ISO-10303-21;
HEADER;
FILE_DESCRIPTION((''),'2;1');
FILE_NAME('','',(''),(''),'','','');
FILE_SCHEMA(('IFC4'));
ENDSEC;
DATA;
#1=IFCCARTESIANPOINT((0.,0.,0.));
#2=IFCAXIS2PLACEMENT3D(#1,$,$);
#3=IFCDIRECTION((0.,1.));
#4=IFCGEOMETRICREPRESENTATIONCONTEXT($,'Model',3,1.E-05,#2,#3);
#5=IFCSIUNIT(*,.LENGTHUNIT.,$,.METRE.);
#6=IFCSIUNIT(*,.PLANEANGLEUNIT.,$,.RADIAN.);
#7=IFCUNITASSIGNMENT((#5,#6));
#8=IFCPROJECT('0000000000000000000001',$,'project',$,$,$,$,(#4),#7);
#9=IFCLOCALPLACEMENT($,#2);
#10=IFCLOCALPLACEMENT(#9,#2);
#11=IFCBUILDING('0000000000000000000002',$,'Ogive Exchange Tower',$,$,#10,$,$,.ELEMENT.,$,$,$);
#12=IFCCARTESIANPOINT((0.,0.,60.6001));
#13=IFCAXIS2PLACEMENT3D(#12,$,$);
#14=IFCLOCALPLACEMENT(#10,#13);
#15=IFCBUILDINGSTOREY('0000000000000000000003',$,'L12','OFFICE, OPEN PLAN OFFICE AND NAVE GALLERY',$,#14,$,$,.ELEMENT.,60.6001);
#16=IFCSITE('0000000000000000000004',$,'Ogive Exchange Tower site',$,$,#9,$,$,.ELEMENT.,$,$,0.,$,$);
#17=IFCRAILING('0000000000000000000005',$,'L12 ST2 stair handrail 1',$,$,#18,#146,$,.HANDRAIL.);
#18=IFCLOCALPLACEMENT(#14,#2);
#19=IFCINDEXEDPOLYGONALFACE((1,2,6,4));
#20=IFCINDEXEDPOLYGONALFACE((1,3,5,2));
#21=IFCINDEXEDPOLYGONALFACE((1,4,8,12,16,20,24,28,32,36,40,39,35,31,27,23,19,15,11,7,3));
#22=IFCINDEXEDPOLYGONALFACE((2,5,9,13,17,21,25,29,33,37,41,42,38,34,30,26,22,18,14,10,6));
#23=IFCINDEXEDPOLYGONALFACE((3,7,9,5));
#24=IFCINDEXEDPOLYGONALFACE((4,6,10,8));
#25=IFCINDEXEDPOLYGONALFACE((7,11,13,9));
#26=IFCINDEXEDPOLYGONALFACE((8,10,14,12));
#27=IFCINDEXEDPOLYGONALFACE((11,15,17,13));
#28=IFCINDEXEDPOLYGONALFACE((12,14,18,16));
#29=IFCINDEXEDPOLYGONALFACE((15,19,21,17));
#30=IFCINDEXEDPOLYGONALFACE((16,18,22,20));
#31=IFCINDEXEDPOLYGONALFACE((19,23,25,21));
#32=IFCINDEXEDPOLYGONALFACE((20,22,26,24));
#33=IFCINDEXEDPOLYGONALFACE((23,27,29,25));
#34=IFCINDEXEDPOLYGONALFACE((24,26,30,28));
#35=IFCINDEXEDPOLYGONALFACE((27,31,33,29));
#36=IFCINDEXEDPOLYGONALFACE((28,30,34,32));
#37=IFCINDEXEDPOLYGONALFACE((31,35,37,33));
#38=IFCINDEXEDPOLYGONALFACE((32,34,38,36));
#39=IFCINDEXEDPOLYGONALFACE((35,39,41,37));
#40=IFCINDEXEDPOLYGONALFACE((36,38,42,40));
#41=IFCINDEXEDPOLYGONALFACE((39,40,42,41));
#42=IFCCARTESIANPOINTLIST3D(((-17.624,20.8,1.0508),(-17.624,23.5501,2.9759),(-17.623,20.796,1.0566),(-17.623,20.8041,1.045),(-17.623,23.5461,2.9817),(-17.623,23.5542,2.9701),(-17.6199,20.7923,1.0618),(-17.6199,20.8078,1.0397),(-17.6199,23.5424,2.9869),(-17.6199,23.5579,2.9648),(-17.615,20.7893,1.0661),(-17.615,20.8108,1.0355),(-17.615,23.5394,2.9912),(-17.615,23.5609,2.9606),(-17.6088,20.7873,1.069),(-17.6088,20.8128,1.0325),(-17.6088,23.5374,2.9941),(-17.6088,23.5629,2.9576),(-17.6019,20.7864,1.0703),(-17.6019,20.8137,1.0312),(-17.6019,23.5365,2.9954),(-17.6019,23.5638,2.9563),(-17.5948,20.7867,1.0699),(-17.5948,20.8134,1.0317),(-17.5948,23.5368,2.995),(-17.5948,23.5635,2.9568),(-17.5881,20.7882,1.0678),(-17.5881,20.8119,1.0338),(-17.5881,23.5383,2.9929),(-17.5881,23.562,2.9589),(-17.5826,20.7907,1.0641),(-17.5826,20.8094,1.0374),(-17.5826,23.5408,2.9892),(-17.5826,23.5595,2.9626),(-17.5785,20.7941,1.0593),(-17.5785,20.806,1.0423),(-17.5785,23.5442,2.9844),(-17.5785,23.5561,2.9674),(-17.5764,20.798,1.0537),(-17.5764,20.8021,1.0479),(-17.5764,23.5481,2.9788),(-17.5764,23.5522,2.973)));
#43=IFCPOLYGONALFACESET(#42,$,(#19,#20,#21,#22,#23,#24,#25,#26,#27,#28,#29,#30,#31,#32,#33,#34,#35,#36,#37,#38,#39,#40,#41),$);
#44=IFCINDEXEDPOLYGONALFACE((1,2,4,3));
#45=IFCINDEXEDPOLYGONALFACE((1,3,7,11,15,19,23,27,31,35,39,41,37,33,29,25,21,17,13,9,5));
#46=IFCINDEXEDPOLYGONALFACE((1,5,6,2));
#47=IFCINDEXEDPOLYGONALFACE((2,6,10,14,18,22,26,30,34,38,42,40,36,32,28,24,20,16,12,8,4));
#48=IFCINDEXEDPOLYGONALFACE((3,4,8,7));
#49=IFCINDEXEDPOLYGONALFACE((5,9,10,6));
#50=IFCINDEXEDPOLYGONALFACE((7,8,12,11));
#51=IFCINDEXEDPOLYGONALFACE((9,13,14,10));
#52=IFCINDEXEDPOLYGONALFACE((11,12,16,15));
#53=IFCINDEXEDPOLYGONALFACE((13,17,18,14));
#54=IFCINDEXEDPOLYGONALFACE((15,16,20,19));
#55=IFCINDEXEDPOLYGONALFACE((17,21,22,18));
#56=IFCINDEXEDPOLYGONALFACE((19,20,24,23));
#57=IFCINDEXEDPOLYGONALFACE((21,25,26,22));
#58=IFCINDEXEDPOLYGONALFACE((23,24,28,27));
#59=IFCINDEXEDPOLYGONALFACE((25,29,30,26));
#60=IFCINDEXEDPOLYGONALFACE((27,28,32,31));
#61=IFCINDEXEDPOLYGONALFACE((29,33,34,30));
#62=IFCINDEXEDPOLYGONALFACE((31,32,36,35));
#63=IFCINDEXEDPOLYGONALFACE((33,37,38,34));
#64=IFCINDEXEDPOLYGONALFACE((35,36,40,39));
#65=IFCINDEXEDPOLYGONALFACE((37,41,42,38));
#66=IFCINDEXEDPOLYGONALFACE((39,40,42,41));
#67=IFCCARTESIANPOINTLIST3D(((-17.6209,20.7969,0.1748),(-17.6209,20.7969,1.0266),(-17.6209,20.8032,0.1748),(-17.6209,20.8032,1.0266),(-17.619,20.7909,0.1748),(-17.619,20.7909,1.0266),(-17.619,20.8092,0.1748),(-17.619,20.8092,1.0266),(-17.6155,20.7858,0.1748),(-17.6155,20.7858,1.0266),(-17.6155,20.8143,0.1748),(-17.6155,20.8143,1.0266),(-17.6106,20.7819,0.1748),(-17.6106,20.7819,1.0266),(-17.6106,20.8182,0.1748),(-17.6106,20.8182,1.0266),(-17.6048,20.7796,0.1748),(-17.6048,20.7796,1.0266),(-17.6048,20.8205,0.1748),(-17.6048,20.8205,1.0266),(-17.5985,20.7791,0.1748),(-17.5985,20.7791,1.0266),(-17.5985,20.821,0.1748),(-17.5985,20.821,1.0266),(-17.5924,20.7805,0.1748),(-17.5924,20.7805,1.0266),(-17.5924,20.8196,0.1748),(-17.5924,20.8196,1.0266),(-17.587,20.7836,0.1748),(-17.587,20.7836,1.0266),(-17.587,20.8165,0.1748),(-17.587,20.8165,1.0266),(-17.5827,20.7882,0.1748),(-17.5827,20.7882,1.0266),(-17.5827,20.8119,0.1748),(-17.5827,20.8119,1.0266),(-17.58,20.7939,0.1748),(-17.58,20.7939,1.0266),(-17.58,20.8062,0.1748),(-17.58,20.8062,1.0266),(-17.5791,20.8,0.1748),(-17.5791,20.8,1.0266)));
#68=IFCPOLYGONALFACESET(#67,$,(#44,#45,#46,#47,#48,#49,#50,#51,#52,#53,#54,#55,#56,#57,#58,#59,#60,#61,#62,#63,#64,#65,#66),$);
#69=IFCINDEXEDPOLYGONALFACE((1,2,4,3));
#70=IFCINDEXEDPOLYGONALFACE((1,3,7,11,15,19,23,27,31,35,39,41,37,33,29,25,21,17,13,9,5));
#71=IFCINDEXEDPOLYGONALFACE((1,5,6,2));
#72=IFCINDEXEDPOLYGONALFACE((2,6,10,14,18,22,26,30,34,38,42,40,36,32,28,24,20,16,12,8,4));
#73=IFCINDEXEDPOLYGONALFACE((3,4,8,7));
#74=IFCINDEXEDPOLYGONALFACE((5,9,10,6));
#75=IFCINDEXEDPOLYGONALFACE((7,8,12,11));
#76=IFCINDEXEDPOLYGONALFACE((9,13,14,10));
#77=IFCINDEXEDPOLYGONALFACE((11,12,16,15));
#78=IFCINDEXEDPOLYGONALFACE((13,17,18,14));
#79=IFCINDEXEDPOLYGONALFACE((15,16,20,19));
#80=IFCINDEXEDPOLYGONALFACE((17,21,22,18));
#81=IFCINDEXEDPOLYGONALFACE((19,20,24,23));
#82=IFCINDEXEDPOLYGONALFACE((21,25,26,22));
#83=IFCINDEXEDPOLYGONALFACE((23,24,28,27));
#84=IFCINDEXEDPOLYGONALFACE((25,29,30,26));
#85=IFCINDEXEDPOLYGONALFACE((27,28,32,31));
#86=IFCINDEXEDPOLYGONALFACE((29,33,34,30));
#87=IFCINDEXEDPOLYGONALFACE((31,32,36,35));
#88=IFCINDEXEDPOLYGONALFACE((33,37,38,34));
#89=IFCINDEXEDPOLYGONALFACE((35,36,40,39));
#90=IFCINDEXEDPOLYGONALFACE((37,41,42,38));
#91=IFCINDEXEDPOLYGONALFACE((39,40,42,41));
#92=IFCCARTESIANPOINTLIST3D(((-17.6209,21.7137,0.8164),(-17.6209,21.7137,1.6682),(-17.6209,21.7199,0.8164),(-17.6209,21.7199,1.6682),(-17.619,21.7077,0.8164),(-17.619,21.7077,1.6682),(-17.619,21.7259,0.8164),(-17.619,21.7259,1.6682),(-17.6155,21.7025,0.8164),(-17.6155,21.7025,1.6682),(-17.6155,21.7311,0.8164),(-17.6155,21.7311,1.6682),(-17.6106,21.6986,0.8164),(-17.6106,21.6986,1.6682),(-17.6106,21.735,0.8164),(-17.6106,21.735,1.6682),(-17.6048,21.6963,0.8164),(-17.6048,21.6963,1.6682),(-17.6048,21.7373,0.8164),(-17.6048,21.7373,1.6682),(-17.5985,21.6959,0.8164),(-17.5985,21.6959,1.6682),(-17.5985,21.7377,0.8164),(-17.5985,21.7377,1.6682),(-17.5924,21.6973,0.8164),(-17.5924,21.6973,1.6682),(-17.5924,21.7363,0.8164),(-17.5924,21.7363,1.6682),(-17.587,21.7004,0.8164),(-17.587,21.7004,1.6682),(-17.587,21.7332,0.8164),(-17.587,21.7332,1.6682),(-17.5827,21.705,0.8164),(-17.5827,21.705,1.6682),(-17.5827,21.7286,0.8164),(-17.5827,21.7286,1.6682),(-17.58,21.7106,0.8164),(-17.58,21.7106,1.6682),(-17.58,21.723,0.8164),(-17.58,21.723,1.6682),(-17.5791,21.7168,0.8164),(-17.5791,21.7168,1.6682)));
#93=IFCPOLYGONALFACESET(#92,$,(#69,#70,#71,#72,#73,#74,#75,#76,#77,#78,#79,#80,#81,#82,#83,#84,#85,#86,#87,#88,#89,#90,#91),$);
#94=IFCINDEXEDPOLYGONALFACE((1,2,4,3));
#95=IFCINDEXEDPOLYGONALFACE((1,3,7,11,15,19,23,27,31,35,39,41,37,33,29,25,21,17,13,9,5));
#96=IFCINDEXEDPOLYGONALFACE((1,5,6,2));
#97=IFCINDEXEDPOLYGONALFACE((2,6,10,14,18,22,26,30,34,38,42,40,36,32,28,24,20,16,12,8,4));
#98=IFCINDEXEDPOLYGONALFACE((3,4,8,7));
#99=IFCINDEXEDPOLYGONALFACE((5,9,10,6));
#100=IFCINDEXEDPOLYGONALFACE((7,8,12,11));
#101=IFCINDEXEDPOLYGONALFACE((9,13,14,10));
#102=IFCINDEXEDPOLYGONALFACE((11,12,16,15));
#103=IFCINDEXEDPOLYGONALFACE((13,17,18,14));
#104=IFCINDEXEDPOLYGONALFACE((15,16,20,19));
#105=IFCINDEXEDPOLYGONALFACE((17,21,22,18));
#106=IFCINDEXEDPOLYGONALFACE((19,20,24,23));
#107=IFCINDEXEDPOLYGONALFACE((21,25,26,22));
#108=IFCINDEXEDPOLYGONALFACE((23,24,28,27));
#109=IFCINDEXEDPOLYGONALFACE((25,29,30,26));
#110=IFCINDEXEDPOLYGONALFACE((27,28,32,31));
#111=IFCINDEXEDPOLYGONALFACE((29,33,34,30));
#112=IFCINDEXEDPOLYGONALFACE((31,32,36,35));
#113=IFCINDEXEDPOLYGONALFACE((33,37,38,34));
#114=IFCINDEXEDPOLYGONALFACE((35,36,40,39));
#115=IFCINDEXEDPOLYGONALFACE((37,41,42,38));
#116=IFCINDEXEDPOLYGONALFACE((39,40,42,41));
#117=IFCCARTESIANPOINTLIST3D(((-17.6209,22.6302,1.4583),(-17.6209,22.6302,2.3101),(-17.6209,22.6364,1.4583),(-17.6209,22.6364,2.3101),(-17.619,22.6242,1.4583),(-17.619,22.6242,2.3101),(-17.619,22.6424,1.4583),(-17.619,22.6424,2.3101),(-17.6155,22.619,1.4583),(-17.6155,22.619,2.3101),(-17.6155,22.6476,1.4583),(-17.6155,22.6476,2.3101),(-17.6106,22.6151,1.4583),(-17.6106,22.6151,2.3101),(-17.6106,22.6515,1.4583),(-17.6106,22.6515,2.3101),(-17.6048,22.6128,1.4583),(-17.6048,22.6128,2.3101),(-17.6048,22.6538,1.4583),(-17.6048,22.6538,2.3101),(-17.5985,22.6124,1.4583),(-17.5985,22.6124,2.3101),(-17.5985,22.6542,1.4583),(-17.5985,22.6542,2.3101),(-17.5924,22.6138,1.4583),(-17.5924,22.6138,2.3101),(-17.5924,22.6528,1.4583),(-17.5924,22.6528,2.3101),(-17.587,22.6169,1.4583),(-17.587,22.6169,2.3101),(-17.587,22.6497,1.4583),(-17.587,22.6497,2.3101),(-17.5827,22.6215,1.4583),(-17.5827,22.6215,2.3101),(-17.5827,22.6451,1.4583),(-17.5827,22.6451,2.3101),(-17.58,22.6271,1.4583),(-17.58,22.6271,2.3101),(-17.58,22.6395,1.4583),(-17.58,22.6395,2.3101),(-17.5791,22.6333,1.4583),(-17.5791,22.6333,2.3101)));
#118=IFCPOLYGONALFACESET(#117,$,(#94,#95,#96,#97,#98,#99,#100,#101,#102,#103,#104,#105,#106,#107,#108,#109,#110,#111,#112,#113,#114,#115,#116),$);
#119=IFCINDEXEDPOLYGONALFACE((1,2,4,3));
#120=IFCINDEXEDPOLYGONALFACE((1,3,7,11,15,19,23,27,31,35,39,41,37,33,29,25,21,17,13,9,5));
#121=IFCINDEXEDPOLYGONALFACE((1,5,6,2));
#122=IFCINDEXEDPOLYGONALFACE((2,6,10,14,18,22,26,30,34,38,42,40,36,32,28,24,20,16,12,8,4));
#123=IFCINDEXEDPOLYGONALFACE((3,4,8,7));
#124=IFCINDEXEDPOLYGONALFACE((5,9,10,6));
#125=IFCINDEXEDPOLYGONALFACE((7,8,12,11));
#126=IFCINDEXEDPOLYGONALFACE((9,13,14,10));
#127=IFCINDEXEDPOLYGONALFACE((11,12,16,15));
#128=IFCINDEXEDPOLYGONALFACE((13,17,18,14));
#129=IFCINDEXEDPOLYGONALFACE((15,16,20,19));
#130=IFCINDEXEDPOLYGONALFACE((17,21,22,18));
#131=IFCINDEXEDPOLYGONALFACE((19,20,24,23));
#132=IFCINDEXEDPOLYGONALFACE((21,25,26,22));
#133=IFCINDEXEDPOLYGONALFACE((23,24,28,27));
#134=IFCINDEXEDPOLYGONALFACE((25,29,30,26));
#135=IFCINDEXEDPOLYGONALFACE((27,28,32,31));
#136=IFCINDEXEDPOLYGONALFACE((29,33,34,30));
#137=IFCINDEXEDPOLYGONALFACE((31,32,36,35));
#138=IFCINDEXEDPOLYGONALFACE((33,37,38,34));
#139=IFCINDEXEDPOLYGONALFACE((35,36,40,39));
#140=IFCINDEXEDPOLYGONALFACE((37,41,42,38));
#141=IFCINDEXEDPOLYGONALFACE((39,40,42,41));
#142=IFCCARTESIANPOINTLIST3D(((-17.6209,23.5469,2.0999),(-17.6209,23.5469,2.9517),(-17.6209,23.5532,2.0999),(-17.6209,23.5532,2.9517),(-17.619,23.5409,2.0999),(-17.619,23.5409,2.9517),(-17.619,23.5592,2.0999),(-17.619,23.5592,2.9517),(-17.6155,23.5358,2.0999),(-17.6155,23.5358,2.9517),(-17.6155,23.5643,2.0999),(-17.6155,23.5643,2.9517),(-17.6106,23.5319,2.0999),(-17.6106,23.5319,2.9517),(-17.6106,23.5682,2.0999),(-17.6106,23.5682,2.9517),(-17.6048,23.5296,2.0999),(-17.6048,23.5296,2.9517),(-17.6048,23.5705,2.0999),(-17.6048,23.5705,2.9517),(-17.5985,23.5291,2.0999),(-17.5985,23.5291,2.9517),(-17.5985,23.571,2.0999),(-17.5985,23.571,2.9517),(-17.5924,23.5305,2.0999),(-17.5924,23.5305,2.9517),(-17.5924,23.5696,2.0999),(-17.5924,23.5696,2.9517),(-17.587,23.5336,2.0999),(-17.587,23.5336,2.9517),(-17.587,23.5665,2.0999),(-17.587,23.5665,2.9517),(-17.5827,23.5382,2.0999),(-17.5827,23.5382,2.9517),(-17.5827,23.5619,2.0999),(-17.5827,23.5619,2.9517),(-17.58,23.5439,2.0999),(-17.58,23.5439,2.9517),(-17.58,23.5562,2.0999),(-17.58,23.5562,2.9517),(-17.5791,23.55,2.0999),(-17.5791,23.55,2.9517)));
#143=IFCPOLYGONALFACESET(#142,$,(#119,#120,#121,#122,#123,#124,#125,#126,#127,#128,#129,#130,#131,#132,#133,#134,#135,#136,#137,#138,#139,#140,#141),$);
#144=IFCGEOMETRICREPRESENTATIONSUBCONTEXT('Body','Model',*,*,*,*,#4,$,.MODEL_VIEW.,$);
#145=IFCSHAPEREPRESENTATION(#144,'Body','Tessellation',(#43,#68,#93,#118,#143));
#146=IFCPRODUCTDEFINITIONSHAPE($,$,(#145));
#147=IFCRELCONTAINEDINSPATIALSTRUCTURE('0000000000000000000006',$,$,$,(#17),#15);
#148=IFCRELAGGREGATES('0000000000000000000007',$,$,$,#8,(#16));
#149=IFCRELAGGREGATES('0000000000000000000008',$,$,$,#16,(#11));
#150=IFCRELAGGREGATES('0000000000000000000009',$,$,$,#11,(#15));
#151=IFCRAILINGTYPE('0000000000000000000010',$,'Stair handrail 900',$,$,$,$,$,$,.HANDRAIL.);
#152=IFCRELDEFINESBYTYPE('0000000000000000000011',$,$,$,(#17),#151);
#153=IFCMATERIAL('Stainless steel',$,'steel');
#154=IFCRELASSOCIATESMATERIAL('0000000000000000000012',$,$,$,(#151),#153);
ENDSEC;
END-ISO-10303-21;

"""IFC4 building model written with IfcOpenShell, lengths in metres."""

from ifc_helpers import new_model, si_unit, direction, frame, origin, origin_2d, place, context, subcontext, project, spatial, circle, extrude, material, type_object, element, save


model = new_model("IFC4")

# Units and contexts
model_context = context("Model", 3, precision=1e-05, world=origin(), true_north=direction((0.0, 1.0)))
body_context = subcontext(model_context, "Body", "Model", "MODEL_VIEW")
ifc_project = project(units=[si_unit("LENGTHUNIT", "METRE"), si_unit("PLANEANGLEUNIT", "RADIAN")], contexts=[model_context])

# Site, building, storey
site_placement = place(None, origin())
site = spatial("IfcSite", under=ifc_project, at=site_placement, Name="Ogive Exchange Tower site", CompositionType="ELEMENT", RefElevation=0.0)
building_placement = place(site_placement, origin())
building = spatial("IfcBuilding", under=site, at=building_placement, Name="Ogive Exchange Tower", CompositionType="ELEMENT")
storey_placement = place(building_placement, frame((0.0, 0.0, 60.6001)))
storey = spatial("IfcBuildingStorey", under=building, at=storey_placement, Name="L12", Description="OFFICE, OPEN PLAN OFFICE AND NAVE GALLERY", CompositionType="ELEMENT", Elevation=60.6001)

# Railing
ifc_material_1 = material(Name="Stainless steel", Category="steel")
railing_type = type_object("IfcRailingType", Name="Stair handrail 900", PredefinedType="HANDRAIL", material=ifc_material_1)
railing_placement = place(storey_placement, frame((-17.6001, 20.8, 0.1748)))
element("IfcRailing", 1, at=railing_placement, inside=storey, type_object=railing_type, Name="L12 ST2 stair handrail 1", PredefinedType="HANDRAIL", context=body_context, shape_type="SweptSolid", body=[
    extrude(circle(Radius=0.0239, at=origin_2d()), frame((0.0, 0.0, 0.876), z_axis=(0.0, 0.819225, 0.573472), x_axis=(-1.0, 0.0, 0.0)), (0.0, 0.0, 1.0), 3.3569),
    extrude(circle(Radius=0.021, at=origin_2d()), origin(), (0.0, 0.0, 1.0), 0.8518),
    extrude(circle(Radius=0.021, at=origin_2d()), frame((0.0, 0.9167, 0.6416)), (0.0, 0.0, 1.0), 0.8518),
    extrude(circle(Radius=0.021, at=origin_2d()), frame((0.0, 1.8333, 1.2834)), (0.0, 0.0, 1.0), 0.8518),
    extrude(circle(Radius=0.021, at=origin_2d()), frame((0.0, 2.75, 1.925)), (0.0, 0.0, 1.0), 0.8518),
])

save(model, "model.ifc")
